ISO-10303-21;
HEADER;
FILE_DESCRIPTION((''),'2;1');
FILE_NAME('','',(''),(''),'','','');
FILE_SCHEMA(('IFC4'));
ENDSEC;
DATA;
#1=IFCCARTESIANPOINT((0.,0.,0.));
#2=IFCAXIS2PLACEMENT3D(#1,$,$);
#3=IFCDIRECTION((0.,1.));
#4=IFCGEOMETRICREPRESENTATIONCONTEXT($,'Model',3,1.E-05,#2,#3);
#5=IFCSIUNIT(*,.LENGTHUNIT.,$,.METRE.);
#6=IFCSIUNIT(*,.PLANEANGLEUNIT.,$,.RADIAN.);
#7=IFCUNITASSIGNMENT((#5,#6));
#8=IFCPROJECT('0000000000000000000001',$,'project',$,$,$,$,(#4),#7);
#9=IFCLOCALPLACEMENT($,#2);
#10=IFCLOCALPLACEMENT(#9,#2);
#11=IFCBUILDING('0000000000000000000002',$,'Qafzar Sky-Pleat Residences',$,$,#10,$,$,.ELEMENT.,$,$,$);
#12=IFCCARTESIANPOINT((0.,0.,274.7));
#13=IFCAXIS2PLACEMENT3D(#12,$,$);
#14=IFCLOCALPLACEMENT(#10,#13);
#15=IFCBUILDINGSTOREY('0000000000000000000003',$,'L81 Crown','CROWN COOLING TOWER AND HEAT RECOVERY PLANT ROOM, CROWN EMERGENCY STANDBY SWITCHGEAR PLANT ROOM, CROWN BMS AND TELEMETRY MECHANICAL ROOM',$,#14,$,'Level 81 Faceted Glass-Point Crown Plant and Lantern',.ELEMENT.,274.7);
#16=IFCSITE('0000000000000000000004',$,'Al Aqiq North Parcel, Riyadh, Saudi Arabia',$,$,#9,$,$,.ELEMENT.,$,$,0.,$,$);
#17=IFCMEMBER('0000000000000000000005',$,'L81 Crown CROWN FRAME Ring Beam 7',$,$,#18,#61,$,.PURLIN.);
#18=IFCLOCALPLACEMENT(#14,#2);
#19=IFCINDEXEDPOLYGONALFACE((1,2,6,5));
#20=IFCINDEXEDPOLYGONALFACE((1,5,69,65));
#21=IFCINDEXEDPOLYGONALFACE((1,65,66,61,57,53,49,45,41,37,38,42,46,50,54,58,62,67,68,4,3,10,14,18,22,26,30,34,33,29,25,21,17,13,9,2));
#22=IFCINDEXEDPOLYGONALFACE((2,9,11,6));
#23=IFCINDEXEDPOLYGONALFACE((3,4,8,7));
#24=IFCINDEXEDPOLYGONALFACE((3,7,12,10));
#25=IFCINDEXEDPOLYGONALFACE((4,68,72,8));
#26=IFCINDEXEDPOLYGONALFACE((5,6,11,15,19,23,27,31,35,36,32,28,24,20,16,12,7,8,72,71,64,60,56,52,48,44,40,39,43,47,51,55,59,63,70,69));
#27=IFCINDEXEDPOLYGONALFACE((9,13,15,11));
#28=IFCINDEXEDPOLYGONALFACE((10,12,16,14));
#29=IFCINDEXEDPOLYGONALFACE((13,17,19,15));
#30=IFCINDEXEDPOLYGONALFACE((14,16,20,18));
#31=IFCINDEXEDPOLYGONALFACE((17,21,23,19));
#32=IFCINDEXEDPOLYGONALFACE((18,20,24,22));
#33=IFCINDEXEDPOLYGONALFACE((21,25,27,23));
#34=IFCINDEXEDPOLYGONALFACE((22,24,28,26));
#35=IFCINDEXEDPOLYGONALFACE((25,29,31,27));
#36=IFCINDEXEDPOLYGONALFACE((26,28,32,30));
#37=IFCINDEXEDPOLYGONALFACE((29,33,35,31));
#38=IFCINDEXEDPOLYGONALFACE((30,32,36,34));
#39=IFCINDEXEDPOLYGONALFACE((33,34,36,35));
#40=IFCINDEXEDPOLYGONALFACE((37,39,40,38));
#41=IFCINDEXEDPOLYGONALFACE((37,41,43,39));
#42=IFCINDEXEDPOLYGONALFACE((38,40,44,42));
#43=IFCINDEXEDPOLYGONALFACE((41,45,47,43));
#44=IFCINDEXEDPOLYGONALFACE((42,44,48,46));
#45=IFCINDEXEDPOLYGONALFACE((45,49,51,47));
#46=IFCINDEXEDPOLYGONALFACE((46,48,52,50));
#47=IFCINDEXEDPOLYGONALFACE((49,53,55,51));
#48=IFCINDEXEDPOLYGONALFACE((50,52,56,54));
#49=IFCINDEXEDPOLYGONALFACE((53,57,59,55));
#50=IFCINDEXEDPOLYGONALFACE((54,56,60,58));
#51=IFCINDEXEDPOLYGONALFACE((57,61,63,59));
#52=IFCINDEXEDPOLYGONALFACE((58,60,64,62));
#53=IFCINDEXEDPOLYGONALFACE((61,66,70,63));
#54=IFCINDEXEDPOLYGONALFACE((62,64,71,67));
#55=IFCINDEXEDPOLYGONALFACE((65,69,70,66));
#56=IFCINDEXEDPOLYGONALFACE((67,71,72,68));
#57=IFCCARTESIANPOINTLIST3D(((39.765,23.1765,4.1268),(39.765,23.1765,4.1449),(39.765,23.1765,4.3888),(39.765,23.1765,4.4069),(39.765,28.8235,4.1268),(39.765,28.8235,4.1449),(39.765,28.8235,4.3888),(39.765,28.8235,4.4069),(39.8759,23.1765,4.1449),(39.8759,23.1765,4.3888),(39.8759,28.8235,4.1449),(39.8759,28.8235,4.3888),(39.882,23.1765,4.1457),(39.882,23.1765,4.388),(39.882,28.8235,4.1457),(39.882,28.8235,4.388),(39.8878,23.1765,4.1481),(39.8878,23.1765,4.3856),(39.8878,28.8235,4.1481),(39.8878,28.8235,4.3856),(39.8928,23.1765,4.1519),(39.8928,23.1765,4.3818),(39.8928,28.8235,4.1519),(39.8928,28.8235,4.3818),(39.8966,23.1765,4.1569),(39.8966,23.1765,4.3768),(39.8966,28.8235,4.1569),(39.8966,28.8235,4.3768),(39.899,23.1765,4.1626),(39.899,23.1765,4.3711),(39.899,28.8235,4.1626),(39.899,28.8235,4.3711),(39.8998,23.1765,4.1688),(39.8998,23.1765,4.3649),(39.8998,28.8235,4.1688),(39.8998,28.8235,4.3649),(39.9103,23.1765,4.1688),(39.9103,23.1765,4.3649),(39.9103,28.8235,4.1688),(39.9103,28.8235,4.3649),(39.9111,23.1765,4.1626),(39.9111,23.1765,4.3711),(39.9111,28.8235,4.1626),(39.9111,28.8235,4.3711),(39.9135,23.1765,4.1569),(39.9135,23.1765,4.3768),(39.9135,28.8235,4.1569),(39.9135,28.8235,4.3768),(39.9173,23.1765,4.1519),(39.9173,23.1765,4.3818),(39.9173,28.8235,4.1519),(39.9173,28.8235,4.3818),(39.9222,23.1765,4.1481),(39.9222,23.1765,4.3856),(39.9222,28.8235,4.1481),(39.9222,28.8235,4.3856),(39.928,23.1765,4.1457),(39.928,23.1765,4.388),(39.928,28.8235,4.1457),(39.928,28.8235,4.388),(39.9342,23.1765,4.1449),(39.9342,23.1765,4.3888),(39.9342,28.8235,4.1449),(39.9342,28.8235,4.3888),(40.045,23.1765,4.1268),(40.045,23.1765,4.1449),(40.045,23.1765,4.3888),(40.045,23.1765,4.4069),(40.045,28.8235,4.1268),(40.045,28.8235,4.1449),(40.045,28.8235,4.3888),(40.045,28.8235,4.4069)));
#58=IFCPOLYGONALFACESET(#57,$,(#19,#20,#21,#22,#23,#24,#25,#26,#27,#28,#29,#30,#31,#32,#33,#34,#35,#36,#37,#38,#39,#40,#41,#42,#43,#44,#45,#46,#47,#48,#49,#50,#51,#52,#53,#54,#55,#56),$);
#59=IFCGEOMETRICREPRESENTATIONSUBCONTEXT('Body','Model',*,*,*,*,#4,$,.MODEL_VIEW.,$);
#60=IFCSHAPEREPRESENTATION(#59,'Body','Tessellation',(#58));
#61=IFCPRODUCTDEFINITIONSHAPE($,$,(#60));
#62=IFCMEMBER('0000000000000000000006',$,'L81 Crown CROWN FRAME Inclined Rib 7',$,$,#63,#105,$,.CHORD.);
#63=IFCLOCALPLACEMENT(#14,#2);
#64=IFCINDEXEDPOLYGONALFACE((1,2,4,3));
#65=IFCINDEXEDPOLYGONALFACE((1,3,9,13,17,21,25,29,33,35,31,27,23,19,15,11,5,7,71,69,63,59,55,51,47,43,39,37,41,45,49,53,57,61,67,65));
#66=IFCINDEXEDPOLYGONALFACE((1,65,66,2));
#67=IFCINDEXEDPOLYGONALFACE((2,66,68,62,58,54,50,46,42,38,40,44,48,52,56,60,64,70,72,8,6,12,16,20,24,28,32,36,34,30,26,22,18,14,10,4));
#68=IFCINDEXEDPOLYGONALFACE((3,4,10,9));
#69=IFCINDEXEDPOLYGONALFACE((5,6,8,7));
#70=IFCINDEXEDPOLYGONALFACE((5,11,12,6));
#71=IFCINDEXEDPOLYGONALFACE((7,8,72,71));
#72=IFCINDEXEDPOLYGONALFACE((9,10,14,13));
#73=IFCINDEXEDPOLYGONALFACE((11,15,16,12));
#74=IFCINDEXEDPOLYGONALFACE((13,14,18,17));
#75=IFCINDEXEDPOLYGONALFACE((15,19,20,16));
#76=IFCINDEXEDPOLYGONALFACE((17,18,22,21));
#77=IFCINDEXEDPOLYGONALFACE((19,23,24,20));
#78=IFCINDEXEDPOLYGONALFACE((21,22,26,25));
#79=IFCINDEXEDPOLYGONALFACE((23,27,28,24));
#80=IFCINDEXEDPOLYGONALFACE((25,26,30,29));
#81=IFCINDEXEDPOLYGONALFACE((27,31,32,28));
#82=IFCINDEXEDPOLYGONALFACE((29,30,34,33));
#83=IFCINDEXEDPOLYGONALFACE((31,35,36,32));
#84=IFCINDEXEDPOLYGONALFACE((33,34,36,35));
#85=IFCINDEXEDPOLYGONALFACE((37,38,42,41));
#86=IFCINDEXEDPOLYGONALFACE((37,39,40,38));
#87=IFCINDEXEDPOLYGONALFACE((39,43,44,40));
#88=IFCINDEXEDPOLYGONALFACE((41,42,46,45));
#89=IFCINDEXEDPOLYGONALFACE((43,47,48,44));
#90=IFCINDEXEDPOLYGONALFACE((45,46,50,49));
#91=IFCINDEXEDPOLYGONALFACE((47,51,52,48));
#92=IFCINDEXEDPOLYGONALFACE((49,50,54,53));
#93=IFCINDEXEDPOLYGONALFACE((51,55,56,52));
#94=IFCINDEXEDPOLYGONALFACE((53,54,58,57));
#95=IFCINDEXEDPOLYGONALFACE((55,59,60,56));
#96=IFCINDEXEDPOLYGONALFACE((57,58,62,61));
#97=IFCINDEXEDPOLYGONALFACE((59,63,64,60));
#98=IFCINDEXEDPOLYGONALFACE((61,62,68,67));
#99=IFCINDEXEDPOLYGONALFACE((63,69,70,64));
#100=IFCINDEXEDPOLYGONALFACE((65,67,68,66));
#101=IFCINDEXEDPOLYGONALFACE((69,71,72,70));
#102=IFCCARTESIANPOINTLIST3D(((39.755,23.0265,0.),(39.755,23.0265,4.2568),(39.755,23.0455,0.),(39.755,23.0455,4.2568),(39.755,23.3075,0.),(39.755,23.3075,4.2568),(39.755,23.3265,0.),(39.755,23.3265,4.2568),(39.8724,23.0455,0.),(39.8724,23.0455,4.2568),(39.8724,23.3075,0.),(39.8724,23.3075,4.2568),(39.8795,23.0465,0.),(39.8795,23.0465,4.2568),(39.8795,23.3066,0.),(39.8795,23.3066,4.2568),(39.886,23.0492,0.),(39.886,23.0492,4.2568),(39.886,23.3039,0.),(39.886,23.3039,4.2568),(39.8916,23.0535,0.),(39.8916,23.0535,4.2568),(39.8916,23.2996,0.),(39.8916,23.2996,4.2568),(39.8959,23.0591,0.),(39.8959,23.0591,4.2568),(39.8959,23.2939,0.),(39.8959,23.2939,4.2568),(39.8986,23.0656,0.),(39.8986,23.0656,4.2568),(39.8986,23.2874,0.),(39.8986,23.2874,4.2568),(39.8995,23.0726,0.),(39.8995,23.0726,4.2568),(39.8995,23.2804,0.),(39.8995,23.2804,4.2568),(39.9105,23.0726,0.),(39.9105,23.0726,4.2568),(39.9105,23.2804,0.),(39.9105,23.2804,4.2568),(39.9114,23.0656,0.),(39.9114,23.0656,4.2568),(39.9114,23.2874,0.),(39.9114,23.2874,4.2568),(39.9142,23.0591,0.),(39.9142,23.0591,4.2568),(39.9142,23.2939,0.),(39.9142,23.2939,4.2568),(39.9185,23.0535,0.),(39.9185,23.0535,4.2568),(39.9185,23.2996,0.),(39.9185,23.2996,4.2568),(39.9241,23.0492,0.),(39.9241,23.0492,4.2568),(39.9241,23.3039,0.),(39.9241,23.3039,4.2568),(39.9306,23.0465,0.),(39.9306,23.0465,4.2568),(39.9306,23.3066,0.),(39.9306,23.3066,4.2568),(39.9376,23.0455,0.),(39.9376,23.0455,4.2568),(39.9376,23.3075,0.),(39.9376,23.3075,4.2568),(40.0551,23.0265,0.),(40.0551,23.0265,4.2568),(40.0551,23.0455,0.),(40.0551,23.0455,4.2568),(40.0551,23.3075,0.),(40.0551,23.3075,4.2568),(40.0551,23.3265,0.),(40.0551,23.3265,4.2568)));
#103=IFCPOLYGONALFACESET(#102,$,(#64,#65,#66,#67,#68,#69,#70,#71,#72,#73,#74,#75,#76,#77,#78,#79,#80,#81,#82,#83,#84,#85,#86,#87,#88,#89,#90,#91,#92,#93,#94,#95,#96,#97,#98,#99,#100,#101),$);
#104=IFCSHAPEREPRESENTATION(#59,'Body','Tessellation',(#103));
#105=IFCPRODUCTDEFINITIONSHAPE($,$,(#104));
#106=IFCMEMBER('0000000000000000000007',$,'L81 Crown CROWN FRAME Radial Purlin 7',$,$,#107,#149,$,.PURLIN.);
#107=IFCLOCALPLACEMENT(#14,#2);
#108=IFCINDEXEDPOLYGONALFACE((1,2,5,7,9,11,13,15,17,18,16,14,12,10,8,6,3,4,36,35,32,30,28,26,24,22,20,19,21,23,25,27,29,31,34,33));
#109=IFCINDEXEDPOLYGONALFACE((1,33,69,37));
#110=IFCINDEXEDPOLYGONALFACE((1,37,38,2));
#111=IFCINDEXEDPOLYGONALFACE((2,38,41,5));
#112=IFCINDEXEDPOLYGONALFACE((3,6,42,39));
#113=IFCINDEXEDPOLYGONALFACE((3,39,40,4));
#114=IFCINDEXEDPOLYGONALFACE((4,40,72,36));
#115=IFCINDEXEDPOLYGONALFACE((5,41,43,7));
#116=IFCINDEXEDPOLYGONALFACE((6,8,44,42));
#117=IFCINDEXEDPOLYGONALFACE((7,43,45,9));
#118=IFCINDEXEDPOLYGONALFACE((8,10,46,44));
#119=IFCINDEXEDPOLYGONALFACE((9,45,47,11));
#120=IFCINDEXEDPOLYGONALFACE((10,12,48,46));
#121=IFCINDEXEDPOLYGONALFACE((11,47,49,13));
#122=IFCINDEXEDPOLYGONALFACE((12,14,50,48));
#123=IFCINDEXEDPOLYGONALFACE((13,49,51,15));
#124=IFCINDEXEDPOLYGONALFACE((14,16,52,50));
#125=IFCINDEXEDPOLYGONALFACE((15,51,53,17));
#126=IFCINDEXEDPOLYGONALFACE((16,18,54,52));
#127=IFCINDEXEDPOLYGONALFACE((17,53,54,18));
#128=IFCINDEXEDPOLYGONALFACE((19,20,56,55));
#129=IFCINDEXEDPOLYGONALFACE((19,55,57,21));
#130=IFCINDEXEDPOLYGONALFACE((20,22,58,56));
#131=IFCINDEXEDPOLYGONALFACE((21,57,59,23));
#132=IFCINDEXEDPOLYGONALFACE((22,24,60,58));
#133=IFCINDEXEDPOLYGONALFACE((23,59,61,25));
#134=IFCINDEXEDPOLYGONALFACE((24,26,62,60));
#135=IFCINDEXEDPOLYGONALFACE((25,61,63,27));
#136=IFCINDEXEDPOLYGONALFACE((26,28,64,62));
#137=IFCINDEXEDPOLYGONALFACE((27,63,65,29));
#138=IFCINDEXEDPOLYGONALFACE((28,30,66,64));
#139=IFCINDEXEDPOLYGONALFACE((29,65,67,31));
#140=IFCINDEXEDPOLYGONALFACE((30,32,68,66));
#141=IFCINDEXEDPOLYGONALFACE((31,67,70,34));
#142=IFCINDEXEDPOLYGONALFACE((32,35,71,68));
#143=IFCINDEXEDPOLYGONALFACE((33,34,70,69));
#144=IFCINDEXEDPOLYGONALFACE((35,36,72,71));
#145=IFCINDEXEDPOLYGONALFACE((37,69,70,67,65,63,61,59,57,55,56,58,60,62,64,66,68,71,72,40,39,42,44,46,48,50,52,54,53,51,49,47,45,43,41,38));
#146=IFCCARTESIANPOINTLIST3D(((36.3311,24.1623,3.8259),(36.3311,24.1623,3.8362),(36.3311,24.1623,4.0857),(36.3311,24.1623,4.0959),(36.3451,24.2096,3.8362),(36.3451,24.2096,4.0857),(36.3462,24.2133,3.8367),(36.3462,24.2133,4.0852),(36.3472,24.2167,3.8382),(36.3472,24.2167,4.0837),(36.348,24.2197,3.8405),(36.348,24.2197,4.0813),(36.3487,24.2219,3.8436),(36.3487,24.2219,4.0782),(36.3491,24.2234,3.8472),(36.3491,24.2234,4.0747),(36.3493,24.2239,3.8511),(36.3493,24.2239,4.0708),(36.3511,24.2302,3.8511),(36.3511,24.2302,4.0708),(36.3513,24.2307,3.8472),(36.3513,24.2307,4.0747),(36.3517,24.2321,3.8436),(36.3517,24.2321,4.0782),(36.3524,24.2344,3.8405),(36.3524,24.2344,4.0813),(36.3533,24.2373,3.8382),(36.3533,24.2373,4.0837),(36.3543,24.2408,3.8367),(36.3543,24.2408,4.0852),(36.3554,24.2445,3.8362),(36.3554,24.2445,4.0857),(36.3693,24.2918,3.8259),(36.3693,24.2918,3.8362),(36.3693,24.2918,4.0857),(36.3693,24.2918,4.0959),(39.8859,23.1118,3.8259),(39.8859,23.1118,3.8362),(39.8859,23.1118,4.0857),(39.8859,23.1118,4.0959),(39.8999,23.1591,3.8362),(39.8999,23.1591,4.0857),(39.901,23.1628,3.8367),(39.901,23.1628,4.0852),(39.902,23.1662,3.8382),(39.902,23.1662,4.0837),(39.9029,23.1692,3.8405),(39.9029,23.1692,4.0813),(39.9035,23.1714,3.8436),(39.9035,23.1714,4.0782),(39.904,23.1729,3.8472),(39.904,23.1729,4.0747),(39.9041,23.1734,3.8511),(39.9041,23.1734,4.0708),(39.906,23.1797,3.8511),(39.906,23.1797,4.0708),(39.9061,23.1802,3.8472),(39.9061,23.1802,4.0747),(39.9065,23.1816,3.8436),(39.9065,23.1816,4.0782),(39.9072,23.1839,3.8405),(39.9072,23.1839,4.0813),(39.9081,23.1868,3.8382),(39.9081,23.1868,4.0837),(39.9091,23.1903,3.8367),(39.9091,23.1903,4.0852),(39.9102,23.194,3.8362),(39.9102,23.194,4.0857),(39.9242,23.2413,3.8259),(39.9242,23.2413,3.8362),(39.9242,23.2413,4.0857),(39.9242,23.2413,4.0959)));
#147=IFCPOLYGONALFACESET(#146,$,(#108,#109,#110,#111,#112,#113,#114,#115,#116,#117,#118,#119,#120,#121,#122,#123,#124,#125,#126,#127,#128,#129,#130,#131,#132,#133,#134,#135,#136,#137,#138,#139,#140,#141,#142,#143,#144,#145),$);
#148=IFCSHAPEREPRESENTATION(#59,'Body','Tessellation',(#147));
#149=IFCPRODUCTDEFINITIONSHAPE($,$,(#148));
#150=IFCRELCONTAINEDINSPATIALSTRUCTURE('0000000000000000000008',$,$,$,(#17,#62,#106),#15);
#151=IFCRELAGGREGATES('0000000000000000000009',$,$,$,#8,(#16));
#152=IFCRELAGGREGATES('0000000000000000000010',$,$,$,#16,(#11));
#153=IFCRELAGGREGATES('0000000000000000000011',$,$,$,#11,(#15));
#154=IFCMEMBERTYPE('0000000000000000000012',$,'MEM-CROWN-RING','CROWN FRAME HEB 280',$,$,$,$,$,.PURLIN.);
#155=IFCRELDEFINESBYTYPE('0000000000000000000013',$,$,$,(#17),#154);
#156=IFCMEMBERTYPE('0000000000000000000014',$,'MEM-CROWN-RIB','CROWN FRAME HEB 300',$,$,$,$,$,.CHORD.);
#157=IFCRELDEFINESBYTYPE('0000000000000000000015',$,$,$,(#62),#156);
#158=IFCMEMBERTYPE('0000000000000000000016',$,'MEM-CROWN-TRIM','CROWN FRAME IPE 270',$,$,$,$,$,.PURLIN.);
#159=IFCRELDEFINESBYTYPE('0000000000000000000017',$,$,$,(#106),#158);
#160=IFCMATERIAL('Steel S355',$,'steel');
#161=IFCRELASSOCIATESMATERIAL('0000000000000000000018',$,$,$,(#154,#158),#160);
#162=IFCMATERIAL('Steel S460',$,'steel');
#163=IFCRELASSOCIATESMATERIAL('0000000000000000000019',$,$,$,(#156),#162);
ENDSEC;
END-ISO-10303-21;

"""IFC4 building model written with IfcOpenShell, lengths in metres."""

from ifc_helpers import new_model, si_unit, direction, frame, origin, origin_2d, place, context, subcontext, project, spatial, i_section, extrude, source, transform, mapped, material, material_profile, profile_set, type_object, element, save


model = new_model("IFC4")

# Units and contexts
model_context = context("Model", 3, precision=1e-05, world=origin(), true_north=direction((0.0, 1.0)))
body_context = subcontext(model_context, "Body", "Model", "MODEL_VIEW")
ifc_project = project(units=[si_unit("LENGTHUNIT", "METRE"), si_unit("PLANEANGLEUNIT", "RADIAN")], contexts=[model_context])

# Site, building, storey
site_placement = place(None, origin())
site = spatial("IfcSite", under=ifc_project, at=site_placement, Name="Al Aqiq North Parcel, Riyadh, Saudi Arabia", CompositionType="ELEMENT", RefElevation=0.0)
building_placement = place(site_placement, origin())
building = spatial("IfcBuilding", under=site, at=building_placement, Name="Qafzar Sky-Pleat Residences", CompositionType="ELEMENT")
storey_placement = place(building_placement, frame((0.0, 0.0, 274.7)))
storey = spatial("IfcBuildingStorey", under=building, at=storey_placement, Name="L81 Crown", Description="CROWN COOLING TOWER AND HEAT RECOVERY PLANT ROOM, CROWN EMERGENCY STANDBY SWITCHGEAR PLANT ROOM, CROWN BMS AND TELEMETRY MECHANICAL ROOM", LongName="Level 81 Faceted Glass-Point Crown Plant and Lantern", CompositionType="ELEMENT", Elevation=274.7)

# Members
ifc_material_1 = material(Name="Steel S355", Category="steel")
ifc_material_profile_1 = material_profile(ifc_material_1, i_section(OverallWidth=0.28, OverallDepth=0.28, WebThickness=0.0105, FlangeThickness=0.0181, FilletRadius=0.0239, at=origin_2d()), Name="HEB 280")
ifc_profile_set_1 = profile_set([ifc_material_profile_1], Name="Steel S355")
member_type_1 = type_object("IfcMemberType", Name="MEM-CROWN-RING", Description="CROWN FRAME HEB 280", PredefinedType="PURLIN", material=ifc_profile_set_1)
shared_shape_1 = source(origin(), body_context, "Body", "SweptSolid", [
    extrude(i_section(OverallWidth=0.28, OverallDepth=0.28, WebThickness=0.0105, FlangeThickness=0.0181, FilletRadius=0.0239, at=origin_2d()), origin(), (0.0, 0.0, 1.0), 5.647),
])
member_1_placement = place(storey_placement, frame((39.905, 23.1765, 4.2668), z_axis=(0.0, 1.0, 0.0), x_axis=(-1.0, 0.0, 0.0)))
element("IfcMember", 1, at=member_1_placement, inside=storey, type_object=member_type_1, Name="L81 Crown CROWN FRAME Ring Beam 7", PredefinedType="PURLIN", context=body_context, shape_type="MappedRepresentation", body=[
    mapped(shared_shape_1, transform((0.0, 0.0, 0.0), x_axis=(1.0, 0.0, 0.0), y_axis=(0.0, 1.0, 0.0), z_axis=(0.0, 0.0, 1.0), scale=1.0)),
])
ifc_material_2 = material(Name="Steel S460", Category="steel")
ifc_material_profile_2 = material_profile(ifc_material_2, i_section(OverallWidth=0.3, OverallDepth=0.3, WebThickness=0.011, FlangeThickness=0.019, FilletRadius=0.0271, at=origin_2d()), Name="HEB 300")
ifc_profile_set_2 = profile_set([ifc_material_profile_2], Name="Steel S460")
member_type_2 = type_object("IfcMemberType", Name="MEM-CROWN-RIB", Description="CROWN FRAME HEB 300", PredefinedType="CHORD", material=ifc_profile_set_2)
shared_shape_2 = source(origin(), body_context, "Body", "SweptSolid", [
    extrude(i_section(OverallWidth=0.3, OverallDepth=0.3, WebThickness=0.011, FlangeThickness=0.019, FilletRadius=0.0271, at=origin_2d()), origin(), (0.0, 0.0, 1.0), 4.2568),
])
member_2_placement = place(storey_placement, frame((39.905, 23.1765, 0.0), z_axis=(0.0, 0.0, 1.0), x_axis=(1.0, 0.0, 0.0)))
element("IfcMember", 2, at=member_2_placement, inside=storey, type_object=member_type_2, Name="L81 Crown CROWN FRAME Inclined Rib 7", PredefinedType="CHORD", context=body_context, shape_type="MappedRepresentation", body=[
    mapped(shared_shape_2, transform((0.0, 0.0, 0.0), x_axis=(1.0, 0.0, 0.0), y_axis=(0.0, 1.0, 0.0), z_axis=(0.0, 0.0, 1.0), scale=1.0)),
])
ifc_material_profile_3 = material_profile(ifc_material_1, i_section(OverallWidth=0.135, OverallDepth=0.27, WebThickness=0.0066, FlangeThickness=0.0103, FilletRadius=0.0149, at=origin_2d()), Name="IPE 270")
ifc_profile_set_3 = profile_set([ifc_material_profile_3], Name="Steel S355")
member_type_3 = type_object("IfcMemberType", Name="MEM-CROWN-TRIM", Description="CROWN FRAME IPE 270", PredefinedType="PURLIN", material=ifc_profile_set_3)
shared_shape_3 = source(origin(), body_context, "Body", "SweptSolid", [
    extrude(i_section(OverallWidth=0.135, OverallDepth=0.27, WebThickness=0.0066, FlangeThickness=0.0103, FilletRadius=0.0149, at=origin_2d()), origin(), (0.0, 0.0, 1.0), 3.7068),
])
member_3_placement = place(storey_placement, frame((39.905, 23.1765, 3.9609), z_axis=(-0.959002, 0.2834, 0.0), x_axis=(-0.2834, -0.959002, 0.0)))
element("IfcMember", 3, at=member_3_placement, inside=storey, type_object=member_type_3, Name="L81 Crown CROWN FRAME Radial Purlin 7", PredefinedType="PURLIN", context=body_context, shape_type="MappedRepresentation", body=[
    mapped(shared_shape_3, transform((0.0, 0.0, 0.0), x_axis=(1.0, 0.0, 0.0), y_axis=(0.0, 1.0, 0.0), z_axis=(0.0, 0.0, 1.0), scale=1.0)),
])

save(model, "model.ifc")
